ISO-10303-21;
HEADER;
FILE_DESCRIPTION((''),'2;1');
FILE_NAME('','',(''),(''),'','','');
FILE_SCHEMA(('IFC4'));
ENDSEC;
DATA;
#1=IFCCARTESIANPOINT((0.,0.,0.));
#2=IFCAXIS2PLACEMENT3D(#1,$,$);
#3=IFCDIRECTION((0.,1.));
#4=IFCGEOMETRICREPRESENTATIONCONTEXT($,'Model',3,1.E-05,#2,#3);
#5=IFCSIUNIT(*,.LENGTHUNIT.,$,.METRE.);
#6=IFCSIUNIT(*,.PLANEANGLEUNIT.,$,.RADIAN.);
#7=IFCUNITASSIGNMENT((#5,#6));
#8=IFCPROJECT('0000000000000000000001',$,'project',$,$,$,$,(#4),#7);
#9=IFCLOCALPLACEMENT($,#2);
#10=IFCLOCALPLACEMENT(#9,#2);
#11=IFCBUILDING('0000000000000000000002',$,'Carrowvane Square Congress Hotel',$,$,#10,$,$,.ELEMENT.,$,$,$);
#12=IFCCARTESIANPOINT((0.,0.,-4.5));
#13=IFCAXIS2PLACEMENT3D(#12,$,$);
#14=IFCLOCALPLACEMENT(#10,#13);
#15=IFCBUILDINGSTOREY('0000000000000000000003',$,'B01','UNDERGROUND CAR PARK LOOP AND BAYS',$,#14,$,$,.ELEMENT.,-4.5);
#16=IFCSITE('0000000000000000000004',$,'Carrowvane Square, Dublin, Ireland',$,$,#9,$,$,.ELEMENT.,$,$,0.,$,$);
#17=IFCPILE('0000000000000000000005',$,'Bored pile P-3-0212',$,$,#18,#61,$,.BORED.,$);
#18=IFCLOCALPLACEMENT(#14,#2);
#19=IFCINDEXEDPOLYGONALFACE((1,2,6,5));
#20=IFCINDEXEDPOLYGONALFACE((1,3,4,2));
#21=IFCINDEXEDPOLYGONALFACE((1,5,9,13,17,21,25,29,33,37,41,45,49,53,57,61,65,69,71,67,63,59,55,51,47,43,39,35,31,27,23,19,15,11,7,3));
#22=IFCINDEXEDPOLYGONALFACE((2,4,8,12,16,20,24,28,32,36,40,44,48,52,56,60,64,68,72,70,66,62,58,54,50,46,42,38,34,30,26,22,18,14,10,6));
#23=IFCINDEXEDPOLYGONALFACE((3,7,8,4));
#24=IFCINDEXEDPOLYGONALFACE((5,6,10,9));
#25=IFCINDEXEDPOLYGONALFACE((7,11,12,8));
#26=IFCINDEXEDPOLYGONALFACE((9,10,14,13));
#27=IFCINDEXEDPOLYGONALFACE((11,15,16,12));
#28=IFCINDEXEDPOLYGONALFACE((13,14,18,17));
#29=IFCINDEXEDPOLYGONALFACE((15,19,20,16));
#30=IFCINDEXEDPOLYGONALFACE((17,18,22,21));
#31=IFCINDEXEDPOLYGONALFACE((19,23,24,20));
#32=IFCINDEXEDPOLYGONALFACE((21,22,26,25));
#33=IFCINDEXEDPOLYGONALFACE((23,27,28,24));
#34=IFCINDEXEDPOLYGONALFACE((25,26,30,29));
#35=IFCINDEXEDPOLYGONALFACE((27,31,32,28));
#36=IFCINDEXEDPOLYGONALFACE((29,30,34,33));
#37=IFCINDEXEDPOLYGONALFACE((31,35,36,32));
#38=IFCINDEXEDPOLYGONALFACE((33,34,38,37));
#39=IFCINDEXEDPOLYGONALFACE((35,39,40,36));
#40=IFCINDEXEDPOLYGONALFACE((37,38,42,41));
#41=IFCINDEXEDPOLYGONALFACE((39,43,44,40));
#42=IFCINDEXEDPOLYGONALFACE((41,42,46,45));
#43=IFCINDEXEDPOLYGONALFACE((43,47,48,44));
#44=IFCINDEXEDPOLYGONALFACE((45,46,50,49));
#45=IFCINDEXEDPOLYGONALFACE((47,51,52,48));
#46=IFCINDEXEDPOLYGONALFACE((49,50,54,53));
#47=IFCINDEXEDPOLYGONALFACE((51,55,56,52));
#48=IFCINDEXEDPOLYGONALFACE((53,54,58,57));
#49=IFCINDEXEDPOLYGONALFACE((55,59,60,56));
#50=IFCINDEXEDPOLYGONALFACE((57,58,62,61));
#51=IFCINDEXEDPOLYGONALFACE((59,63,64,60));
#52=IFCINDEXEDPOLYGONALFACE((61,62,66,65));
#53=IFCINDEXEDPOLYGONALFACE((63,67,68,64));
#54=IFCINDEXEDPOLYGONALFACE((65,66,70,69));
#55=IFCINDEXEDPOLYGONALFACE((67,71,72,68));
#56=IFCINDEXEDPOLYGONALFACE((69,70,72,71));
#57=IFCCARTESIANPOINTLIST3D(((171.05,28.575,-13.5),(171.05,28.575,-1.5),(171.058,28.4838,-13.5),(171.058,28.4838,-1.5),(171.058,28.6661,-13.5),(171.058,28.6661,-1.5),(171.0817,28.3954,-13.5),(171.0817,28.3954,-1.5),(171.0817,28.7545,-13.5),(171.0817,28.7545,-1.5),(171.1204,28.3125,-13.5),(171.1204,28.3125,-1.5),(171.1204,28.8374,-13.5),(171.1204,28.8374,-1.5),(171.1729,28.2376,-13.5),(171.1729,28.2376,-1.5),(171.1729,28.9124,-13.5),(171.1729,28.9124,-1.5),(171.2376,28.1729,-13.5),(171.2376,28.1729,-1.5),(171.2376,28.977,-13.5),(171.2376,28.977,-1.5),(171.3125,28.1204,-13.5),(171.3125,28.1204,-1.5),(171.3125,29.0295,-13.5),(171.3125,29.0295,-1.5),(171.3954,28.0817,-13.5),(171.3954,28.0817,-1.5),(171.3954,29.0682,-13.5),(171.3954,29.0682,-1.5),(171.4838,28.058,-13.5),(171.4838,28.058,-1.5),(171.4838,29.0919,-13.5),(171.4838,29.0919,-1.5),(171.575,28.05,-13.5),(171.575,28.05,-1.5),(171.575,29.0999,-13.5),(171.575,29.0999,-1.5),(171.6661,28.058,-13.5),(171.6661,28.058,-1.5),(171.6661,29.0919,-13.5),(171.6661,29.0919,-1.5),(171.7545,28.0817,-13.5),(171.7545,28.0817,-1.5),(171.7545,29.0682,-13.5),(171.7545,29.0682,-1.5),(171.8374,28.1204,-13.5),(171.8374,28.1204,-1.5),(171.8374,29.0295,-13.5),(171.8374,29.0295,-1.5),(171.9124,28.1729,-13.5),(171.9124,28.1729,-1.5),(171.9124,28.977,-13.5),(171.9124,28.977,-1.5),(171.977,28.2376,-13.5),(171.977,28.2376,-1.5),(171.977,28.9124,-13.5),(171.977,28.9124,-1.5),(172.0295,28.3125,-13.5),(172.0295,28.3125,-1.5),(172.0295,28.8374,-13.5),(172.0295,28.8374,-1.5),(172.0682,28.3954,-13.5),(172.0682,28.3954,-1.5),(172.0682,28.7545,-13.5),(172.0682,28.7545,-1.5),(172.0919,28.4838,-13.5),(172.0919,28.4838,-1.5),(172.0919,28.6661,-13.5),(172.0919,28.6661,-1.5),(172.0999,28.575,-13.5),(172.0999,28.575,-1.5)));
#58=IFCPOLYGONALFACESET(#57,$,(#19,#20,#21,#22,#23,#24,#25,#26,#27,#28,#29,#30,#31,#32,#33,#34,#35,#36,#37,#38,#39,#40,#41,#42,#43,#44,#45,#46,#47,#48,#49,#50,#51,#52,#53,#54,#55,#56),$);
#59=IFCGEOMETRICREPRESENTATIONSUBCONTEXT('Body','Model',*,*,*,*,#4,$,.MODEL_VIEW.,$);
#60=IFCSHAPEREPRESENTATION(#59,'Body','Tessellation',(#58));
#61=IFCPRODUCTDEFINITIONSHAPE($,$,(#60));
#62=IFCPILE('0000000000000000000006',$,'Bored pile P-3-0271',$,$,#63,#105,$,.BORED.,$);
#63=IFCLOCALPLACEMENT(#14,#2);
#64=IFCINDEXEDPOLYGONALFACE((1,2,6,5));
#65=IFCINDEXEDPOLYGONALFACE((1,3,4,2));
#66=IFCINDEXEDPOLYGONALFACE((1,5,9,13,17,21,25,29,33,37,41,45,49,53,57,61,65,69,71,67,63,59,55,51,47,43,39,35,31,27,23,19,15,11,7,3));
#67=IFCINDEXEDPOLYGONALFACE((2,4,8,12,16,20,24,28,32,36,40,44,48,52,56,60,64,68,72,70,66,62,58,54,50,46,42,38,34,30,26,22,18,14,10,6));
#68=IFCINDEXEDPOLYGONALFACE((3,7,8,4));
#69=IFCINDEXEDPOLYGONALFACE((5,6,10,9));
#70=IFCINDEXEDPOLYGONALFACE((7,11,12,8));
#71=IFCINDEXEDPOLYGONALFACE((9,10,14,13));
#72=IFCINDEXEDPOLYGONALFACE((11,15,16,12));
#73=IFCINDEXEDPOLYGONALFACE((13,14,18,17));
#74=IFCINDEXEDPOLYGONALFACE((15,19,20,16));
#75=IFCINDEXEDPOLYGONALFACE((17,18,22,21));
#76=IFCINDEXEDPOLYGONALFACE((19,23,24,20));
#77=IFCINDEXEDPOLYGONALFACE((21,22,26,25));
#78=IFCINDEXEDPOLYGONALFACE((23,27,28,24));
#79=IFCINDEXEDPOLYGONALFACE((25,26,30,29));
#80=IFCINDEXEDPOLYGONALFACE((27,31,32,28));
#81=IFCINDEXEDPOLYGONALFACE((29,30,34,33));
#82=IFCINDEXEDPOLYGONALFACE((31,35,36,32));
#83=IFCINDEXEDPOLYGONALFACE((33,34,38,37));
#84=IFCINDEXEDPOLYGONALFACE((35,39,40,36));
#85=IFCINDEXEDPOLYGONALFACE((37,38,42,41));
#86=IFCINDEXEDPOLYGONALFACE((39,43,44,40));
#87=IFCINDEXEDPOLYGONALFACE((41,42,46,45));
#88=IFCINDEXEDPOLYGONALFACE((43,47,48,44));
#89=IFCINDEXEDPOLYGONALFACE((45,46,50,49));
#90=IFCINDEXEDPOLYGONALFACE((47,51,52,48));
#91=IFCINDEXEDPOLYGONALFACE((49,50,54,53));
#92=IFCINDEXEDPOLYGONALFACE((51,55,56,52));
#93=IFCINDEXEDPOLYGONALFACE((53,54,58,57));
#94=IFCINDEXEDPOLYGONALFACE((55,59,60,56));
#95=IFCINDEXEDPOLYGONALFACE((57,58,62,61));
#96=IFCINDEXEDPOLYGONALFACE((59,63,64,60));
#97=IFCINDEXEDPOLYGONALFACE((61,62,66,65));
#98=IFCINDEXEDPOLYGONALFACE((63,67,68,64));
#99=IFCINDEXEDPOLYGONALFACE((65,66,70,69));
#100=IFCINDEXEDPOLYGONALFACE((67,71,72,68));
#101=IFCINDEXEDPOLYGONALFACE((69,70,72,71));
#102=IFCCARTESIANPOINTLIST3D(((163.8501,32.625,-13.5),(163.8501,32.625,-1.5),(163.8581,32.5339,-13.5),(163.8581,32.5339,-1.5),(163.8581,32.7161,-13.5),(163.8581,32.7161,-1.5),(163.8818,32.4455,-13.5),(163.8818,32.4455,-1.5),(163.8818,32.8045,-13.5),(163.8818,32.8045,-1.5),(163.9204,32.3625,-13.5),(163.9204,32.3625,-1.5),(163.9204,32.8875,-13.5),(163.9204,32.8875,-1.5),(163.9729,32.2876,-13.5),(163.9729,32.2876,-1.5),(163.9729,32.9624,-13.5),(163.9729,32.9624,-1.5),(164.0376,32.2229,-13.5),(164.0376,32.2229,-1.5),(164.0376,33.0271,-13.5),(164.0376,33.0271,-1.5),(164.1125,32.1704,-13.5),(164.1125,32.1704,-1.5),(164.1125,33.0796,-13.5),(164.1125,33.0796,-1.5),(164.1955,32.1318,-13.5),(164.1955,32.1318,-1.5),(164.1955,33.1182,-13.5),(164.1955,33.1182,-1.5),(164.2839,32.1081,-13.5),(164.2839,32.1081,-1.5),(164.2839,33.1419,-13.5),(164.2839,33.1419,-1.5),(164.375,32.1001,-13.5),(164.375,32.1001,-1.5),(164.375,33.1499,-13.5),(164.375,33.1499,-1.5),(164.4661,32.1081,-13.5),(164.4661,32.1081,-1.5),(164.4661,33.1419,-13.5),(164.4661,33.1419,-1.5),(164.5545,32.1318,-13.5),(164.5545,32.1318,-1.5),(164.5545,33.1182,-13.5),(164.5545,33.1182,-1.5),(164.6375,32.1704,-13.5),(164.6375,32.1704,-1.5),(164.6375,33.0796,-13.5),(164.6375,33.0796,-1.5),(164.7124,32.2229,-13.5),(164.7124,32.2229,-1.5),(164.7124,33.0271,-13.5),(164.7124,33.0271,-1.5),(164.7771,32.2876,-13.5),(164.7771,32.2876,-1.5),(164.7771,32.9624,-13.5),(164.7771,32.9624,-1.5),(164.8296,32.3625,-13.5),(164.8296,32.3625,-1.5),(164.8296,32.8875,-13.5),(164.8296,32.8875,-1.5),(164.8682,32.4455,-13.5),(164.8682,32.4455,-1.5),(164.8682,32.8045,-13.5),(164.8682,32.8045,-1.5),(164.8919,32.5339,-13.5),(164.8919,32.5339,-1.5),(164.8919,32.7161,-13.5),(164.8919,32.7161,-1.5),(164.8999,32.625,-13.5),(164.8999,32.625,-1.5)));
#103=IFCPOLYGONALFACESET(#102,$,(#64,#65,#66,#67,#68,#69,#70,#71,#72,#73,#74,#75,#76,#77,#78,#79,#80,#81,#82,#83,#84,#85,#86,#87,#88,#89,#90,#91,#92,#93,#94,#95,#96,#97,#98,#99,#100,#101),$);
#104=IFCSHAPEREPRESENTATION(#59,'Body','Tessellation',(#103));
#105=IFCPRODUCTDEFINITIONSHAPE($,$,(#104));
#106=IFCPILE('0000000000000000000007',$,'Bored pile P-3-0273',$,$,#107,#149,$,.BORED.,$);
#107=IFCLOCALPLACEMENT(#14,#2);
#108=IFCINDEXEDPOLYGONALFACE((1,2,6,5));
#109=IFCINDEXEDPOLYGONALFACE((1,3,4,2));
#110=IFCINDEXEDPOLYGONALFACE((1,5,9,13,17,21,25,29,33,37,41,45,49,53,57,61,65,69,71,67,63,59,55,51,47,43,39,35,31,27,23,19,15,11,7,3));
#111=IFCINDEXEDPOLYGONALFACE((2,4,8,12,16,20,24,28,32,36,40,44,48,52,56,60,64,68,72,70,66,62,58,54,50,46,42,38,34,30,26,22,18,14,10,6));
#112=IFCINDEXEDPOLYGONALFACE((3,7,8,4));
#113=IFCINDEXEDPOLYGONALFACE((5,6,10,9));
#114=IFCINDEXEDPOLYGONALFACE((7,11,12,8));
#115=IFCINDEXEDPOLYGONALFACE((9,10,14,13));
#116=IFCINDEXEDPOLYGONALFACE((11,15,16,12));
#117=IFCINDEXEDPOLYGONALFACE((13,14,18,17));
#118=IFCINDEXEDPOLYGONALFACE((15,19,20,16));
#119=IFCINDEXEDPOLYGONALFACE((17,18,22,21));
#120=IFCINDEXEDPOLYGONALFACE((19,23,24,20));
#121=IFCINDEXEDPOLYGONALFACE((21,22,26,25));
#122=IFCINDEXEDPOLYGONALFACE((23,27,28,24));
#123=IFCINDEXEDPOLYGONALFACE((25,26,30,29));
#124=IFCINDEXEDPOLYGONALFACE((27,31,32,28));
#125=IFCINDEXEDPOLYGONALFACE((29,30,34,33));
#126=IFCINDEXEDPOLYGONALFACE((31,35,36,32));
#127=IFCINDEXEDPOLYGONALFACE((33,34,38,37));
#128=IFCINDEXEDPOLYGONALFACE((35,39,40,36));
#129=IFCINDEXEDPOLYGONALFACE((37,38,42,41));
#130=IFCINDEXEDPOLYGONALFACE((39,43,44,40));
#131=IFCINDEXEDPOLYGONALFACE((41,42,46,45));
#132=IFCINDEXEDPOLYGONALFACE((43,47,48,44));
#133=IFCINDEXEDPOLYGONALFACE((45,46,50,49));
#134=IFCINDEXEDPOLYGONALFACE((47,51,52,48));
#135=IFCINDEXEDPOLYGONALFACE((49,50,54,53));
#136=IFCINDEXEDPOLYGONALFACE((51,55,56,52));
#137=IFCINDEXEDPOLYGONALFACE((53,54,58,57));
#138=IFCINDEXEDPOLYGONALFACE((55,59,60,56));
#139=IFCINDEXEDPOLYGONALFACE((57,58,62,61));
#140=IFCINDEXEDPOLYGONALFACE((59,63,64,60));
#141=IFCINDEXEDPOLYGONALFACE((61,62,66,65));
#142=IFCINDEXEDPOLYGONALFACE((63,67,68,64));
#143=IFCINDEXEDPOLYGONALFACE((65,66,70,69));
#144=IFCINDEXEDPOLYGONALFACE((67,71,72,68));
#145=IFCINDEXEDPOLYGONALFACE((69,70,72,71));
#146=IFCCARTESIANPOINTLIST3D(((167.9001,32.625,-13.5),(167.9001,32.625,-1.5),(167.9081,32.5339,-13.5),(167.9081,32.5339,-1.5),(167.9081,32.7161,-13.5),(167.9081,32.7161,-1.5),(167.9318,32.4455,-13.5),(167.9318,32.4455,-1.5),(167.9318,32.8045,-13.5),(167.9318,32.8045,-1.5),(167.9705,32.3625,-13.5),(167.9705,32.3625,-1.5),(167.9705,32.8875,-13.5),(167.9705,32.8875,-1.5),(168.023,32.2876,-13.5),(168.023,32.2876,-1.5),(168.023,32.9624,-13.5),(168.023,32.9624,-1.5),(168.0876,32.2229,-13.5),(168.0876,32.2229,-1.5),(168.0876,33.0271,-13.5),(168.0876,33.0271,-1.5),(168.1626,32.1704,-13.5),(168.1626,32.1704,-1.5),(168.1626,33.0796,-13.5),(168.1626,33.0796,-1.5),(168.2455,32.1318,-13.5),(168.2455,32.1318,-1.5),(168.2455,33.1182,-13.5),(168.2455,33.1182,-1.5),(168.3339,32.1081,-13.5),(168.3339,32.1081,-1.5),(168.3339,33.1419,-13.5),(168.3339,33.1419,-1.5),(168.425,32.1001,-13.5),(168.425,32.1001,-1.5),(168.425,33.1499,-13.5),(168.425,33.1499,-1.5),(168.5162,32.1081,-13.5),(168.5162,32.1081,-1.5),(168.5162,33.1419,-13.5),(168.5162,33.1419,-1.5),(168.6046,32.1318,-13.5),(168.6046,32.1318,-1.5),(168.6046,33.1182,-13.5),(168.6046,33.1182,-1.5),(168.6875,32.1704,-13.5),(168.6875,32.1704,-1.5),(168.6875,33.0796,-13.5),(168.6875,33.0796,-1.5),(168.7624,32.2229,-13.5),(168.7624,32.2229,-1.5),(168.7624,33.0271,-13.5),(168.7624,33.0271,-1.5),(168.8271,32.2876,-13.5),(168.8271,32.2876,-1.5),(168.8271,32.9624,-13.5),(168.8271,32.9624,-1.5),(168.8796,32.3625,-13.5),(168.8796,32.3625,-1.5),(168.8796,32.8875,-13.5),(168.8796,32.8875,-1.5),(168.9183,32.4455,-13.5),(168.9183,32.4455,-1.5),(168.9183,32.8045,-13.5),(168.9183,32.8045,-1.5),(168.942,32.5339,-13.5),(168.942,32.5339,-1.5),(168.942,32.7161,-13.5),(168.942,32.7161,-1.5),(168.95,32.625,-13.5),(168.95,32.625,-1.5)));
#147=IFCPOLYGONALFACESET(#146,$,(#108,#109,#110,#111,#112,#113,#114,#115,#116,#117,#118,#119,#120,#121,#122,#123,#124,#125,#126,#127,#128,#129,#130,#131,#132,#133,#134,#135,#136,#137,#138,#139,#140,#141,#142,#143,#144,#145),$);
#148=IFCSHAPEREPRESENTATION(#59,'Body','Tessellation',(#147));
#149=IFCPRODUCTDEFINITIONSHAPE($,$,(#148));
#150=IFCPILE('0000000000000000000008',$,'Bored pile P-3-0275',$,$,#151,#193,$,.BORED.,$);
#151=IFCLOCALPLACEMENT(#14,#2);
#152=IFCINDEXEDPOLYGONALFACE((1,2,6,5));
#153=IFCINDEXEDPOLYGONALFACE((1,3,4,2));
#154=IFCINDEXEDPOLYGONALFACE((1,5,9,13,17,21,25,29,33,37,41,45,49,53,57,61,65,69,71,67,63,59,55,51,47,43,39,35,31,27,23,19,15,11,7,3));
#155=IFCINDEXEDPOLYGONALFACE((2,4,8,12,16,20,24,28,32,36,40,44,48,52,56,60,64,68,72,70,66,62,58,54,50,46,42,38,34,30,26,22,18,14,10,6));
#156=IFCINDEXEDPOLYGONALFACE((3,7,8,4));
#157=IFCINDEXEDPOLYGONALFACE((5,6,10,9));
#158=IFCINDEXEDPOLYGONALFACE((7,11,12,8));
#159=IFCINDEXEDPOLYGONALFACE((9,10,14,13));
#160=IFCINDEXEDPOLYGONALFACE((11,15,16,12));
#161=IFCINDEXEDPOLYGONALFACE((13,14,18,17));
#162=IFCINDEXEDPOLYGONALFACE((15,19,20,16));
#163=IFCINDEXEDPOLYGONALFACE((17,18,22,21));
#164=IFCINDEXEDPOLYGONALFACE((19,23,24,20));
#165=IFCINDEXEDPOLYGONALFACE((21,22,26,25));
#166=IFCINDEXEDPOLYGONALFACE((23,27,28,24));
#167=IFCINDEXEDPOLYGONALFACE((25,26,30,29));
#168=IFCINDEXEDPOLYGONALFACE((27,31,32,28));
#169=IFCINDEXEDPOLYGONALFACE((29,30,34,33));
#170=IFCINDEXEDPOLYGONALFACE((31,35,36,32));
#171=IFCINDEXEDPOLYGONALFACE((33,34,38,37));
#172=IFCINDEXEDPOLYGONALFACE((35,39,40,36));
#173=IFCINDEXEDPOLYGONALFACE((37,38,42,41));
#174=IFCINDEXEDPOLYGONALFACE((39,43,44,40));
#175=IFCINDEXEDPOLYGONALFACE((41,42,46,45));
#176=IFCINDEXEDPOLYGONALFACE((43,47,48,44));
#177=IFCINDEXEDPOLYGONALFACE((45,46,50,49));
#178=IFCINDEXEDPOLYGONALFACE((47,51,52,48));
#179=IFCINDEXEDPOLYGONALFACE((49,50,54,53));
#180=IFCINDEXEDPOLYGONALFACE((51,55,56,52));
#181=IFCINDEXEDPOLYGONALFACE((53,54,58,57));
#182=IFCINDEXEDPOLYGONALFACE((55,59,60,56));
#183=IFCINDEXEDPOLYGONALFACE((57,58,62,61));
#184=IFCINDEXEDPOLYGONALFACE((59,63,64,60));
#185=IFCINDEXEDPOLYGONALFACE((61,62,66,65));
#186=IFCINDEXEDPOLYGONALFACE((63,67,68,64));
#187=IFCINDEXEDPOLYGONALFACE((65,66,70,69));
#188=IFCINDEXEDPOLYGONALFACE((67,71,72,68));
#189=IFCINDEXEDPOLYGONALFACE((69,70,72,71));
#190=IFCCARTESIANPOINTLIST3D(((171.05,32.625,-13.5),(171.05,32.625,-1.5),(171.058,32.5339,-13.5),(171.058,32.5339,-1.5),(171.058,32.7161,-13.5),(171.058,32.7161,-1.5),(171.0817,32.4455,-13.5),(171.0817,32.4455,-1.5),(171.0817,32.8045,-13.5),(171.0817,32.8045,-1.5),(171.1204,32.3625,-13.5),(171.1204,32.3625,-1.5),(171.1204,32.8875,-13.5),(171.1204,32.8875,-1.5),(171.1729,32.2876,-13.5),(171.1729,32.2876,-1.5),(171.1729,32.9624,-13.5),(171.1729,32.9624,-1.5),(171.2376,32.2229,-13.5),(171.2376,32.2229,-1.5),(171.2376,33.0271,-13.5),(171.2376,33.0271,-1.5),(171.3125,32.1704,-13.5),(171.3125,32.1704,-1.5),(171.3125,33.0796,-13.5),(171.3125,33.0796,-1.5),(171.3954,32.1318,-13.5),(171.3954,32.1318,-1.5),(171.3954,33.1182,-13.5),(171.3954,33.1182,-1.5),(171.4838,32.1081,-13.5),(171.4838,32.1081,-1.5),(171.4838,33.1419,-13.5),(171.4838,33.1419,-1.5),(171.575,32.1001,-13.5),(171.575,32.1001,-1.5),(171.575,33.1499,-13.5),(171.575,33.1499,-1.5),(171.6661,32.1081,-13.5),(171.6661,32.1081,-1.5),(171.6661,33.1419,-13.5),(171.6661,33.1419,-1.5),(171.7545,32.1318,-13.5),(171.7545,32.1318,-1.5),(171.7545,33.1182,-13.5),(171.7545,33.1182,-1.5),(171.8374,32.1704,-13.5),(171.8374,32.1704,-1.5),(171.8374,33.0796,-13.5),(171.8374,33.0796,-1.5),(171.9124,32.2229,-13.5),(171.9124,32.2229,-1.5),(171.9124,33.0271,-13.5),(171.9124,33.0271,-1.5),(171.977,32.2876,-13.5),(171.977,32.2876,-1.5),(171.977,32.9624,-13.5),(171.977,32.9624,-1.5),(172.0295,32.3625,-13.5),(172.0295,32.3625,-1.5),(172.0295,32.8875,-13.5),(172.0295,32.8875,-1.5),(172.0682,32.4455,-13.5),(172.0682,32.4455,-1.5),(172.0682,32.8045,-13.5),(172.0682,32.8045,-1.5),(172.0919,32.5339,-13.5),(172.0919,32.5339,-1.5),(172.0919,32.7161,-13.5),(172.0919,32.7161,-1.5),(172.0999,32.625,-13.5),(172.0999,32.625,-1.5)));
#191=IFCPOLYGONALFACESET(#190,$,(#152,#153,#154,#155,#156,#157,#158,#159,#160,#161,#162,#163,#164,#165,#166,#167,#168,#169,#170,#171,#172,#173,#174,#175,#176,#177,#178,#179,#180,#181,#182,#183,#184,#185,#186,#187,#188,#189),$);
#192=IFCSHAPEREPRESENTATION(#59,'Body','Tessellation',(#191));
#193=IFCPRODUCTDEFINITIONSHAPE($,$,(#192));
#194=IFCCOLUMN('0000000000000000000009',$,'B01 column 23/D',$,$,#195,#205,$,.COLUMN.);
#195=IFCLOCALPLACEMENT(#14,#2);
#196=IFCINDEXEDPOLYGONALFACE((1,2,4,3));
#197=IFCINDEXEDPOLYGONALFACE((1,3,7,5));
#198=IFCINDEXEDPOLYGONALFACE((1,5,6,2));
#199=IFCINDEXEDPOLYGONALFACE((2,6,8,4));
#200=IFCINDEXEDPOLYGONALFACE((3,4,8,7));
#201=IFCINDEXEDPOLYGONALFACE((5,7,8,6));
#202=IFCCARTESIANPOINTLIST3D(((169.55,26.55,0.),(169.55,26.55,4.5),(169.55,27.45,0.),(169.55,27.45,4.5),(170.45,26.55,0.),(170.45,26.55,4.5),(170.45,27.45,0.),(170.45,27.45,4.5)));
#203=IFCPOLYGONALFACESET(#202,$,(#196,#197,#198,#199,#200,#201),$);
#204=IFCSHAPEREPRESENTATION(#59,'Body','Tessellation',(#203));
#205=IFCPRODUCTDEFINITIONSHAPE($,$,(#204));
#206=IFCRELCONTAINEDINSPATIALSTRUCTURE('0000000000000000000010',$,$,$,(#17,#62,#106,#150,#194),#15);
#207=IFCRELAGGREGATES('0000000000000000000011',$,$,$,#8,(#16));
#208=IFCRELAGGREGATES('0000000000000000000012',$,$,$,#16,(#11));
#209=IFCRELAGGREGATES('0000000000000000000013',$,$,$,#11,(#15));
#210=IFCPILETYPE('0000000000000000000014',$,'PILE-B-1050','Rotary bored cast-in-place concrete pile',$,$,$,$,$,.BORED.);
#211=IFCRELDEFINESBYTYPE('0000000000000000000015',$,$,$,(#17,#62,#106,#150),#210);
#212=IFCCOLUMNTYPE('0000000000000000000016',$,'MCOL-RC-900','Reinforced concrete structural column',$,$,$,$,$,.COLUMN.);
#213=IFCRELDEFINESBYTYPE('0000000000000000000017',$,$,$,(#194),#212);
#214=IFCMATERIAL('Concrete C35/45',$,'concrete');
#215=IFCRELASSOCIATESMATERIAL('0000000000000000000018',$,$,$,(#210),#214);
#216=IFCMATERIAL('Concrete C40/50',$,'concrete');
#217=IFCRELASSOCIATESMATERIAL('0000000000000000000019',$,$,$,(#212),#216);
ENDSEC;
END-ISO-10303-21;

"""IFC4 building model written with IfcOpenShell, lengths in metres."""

from ifc_helpers import new_model, si_unit, direction, frame, origin, origin_2d, place, context, subcontext, project, spatial, rectangle, circle, extrude, material, material_profile, profile_set, type_object, element, save


model = new_model("IFC4")

# Units and contexts
model_context = context("Model", 3, precision=1e-05, world=origin(), true_north=direction((0.0, 1.0)))
body_context = subcontext(model_context, "Body", "Model", "MODEL_VIEW")
ifc_project = project(units=[si_unit("LENGTHUNIT", "METRE"), si_unit("PLANEANGLEUNIT", "RADIAN")], contexts=[model_context])

# Site, building, storey
site_placement = place(None, origin())
site = spatial("IfcSite", under=ifc_project, at=site_placement, Name="Carrowvane Square, Dublin, Ireland", CompositionType="ELEMENT", RefElevation=0.0)
building_placement = place(site_placement, origin())
building = spatial("IfcBuilding", under=site, at=building_placement, Name="Carrowvane Square Congress Hotel", CompositionType="ELEMENT")
storey_placement = place(building_placement, frame((0.0, 0.0, -4.5)))
storey = spatial("IfcBuildingStorey", under=building, at=storey_placement, Name="B01", Description="UNDERGROUND CAR PARK LOOP AND BAYS", CompositionType="ELEMENT", Elevation=-4.5)

# Piles
ifc_material_1 = material(Name="Concrete C35/45", Category="concrete")
ifc_material_profile_1 = material_profile(ifc_material_1, circle(Radius=0.5249, at=origin_2d()), Name="PILE D1050")
ifc_profile_set_1 = profile_set([ifc_material_profile_1], Name="Concrete C35/45")
pile_type = type_object("IfcPileType", Name="PILE-B-1050", Description="Rotary bored cast-in-place concrete pile", PredefinedType="BORED", material=ifc_profile_set_1)
for number, where, z_axis, x_axis, name in (
    (1, (171.575, 28.575, -1.5), (0.0, 0.0, -1.0), (1.0, 0.0, 0.0), "Bored pile P-3-0212"),
    (2, (164.375, 32.625, -1.5), (0.0, 0.0, -1.0), (1.0, 0.0, 0.0), "Bored pile P-3-0271"),
    (3, (168.425, 32.625, -1.5), (0.0, 0.0, -1.0), (1.0, 0.0, 0.0), "Bored pile P-3-0273"),
    (4, (171.575, 32.625, -1.5), (0.0, 0.0, -1.0), (1.0, 0.0, 0.0), "Bored pile P-3-0275"),
):
    element("IfcPile", number, at=place(storey_placement, frame(where, z_axis=z_axis, x_axis=x_axis)), inside=storey, type_object=pile_type, Name=name, PredefinedType="BORED", context=body_context, shape_type="SweptSolid", body=[
        extrude(circle(Radius=0.5249, at=origin_2d()), origin(), (0.0, 0.0, 1.0), 12.0),
    ])

# Column
ifc_material_2 = material(Name="Concrete C40/50", Category="concrete")
ifc_material_profile_2 = material_profile(ifc_material_2, rectangle(XDim=0.8999, YDim=0.8999, at=origin_2d()), Name="RC 900x900")
ifc_profile_set_2 = profile_set([ifc_material_profile_2], Name="Concrete C40/50")
column_type = type_object("IfcColumnType", Name="MCOL-RC-900", Description="Reinforced concrete structural column", PredefinedType="COLUMN", material=ifc_profile_set_2)
for number, where, z_axis, x_axis, name in (
    (5, (170.0, 27.0, 0.0), (0.0, 0.0, 1.0), (1.0, 0.0, 0.0), "B01 column 23/D"),
):
    element("IfcColumn", number, at=place(storey_placement, frame(where, z_axis=z_axis, x_axis=x_axis)), inside=storey, type_object=column_type, Name=name, PredefinedType="COLUMN", context=body_context, shape_type="SweptSolid", body=[
        extrude(rectangle(XDim=0.8999, YDim=0.8999, at=origin_2d()), origin(), (0.0, 0.0, 1.0), 4.5),
    ])

save(model, "model.ifc")
